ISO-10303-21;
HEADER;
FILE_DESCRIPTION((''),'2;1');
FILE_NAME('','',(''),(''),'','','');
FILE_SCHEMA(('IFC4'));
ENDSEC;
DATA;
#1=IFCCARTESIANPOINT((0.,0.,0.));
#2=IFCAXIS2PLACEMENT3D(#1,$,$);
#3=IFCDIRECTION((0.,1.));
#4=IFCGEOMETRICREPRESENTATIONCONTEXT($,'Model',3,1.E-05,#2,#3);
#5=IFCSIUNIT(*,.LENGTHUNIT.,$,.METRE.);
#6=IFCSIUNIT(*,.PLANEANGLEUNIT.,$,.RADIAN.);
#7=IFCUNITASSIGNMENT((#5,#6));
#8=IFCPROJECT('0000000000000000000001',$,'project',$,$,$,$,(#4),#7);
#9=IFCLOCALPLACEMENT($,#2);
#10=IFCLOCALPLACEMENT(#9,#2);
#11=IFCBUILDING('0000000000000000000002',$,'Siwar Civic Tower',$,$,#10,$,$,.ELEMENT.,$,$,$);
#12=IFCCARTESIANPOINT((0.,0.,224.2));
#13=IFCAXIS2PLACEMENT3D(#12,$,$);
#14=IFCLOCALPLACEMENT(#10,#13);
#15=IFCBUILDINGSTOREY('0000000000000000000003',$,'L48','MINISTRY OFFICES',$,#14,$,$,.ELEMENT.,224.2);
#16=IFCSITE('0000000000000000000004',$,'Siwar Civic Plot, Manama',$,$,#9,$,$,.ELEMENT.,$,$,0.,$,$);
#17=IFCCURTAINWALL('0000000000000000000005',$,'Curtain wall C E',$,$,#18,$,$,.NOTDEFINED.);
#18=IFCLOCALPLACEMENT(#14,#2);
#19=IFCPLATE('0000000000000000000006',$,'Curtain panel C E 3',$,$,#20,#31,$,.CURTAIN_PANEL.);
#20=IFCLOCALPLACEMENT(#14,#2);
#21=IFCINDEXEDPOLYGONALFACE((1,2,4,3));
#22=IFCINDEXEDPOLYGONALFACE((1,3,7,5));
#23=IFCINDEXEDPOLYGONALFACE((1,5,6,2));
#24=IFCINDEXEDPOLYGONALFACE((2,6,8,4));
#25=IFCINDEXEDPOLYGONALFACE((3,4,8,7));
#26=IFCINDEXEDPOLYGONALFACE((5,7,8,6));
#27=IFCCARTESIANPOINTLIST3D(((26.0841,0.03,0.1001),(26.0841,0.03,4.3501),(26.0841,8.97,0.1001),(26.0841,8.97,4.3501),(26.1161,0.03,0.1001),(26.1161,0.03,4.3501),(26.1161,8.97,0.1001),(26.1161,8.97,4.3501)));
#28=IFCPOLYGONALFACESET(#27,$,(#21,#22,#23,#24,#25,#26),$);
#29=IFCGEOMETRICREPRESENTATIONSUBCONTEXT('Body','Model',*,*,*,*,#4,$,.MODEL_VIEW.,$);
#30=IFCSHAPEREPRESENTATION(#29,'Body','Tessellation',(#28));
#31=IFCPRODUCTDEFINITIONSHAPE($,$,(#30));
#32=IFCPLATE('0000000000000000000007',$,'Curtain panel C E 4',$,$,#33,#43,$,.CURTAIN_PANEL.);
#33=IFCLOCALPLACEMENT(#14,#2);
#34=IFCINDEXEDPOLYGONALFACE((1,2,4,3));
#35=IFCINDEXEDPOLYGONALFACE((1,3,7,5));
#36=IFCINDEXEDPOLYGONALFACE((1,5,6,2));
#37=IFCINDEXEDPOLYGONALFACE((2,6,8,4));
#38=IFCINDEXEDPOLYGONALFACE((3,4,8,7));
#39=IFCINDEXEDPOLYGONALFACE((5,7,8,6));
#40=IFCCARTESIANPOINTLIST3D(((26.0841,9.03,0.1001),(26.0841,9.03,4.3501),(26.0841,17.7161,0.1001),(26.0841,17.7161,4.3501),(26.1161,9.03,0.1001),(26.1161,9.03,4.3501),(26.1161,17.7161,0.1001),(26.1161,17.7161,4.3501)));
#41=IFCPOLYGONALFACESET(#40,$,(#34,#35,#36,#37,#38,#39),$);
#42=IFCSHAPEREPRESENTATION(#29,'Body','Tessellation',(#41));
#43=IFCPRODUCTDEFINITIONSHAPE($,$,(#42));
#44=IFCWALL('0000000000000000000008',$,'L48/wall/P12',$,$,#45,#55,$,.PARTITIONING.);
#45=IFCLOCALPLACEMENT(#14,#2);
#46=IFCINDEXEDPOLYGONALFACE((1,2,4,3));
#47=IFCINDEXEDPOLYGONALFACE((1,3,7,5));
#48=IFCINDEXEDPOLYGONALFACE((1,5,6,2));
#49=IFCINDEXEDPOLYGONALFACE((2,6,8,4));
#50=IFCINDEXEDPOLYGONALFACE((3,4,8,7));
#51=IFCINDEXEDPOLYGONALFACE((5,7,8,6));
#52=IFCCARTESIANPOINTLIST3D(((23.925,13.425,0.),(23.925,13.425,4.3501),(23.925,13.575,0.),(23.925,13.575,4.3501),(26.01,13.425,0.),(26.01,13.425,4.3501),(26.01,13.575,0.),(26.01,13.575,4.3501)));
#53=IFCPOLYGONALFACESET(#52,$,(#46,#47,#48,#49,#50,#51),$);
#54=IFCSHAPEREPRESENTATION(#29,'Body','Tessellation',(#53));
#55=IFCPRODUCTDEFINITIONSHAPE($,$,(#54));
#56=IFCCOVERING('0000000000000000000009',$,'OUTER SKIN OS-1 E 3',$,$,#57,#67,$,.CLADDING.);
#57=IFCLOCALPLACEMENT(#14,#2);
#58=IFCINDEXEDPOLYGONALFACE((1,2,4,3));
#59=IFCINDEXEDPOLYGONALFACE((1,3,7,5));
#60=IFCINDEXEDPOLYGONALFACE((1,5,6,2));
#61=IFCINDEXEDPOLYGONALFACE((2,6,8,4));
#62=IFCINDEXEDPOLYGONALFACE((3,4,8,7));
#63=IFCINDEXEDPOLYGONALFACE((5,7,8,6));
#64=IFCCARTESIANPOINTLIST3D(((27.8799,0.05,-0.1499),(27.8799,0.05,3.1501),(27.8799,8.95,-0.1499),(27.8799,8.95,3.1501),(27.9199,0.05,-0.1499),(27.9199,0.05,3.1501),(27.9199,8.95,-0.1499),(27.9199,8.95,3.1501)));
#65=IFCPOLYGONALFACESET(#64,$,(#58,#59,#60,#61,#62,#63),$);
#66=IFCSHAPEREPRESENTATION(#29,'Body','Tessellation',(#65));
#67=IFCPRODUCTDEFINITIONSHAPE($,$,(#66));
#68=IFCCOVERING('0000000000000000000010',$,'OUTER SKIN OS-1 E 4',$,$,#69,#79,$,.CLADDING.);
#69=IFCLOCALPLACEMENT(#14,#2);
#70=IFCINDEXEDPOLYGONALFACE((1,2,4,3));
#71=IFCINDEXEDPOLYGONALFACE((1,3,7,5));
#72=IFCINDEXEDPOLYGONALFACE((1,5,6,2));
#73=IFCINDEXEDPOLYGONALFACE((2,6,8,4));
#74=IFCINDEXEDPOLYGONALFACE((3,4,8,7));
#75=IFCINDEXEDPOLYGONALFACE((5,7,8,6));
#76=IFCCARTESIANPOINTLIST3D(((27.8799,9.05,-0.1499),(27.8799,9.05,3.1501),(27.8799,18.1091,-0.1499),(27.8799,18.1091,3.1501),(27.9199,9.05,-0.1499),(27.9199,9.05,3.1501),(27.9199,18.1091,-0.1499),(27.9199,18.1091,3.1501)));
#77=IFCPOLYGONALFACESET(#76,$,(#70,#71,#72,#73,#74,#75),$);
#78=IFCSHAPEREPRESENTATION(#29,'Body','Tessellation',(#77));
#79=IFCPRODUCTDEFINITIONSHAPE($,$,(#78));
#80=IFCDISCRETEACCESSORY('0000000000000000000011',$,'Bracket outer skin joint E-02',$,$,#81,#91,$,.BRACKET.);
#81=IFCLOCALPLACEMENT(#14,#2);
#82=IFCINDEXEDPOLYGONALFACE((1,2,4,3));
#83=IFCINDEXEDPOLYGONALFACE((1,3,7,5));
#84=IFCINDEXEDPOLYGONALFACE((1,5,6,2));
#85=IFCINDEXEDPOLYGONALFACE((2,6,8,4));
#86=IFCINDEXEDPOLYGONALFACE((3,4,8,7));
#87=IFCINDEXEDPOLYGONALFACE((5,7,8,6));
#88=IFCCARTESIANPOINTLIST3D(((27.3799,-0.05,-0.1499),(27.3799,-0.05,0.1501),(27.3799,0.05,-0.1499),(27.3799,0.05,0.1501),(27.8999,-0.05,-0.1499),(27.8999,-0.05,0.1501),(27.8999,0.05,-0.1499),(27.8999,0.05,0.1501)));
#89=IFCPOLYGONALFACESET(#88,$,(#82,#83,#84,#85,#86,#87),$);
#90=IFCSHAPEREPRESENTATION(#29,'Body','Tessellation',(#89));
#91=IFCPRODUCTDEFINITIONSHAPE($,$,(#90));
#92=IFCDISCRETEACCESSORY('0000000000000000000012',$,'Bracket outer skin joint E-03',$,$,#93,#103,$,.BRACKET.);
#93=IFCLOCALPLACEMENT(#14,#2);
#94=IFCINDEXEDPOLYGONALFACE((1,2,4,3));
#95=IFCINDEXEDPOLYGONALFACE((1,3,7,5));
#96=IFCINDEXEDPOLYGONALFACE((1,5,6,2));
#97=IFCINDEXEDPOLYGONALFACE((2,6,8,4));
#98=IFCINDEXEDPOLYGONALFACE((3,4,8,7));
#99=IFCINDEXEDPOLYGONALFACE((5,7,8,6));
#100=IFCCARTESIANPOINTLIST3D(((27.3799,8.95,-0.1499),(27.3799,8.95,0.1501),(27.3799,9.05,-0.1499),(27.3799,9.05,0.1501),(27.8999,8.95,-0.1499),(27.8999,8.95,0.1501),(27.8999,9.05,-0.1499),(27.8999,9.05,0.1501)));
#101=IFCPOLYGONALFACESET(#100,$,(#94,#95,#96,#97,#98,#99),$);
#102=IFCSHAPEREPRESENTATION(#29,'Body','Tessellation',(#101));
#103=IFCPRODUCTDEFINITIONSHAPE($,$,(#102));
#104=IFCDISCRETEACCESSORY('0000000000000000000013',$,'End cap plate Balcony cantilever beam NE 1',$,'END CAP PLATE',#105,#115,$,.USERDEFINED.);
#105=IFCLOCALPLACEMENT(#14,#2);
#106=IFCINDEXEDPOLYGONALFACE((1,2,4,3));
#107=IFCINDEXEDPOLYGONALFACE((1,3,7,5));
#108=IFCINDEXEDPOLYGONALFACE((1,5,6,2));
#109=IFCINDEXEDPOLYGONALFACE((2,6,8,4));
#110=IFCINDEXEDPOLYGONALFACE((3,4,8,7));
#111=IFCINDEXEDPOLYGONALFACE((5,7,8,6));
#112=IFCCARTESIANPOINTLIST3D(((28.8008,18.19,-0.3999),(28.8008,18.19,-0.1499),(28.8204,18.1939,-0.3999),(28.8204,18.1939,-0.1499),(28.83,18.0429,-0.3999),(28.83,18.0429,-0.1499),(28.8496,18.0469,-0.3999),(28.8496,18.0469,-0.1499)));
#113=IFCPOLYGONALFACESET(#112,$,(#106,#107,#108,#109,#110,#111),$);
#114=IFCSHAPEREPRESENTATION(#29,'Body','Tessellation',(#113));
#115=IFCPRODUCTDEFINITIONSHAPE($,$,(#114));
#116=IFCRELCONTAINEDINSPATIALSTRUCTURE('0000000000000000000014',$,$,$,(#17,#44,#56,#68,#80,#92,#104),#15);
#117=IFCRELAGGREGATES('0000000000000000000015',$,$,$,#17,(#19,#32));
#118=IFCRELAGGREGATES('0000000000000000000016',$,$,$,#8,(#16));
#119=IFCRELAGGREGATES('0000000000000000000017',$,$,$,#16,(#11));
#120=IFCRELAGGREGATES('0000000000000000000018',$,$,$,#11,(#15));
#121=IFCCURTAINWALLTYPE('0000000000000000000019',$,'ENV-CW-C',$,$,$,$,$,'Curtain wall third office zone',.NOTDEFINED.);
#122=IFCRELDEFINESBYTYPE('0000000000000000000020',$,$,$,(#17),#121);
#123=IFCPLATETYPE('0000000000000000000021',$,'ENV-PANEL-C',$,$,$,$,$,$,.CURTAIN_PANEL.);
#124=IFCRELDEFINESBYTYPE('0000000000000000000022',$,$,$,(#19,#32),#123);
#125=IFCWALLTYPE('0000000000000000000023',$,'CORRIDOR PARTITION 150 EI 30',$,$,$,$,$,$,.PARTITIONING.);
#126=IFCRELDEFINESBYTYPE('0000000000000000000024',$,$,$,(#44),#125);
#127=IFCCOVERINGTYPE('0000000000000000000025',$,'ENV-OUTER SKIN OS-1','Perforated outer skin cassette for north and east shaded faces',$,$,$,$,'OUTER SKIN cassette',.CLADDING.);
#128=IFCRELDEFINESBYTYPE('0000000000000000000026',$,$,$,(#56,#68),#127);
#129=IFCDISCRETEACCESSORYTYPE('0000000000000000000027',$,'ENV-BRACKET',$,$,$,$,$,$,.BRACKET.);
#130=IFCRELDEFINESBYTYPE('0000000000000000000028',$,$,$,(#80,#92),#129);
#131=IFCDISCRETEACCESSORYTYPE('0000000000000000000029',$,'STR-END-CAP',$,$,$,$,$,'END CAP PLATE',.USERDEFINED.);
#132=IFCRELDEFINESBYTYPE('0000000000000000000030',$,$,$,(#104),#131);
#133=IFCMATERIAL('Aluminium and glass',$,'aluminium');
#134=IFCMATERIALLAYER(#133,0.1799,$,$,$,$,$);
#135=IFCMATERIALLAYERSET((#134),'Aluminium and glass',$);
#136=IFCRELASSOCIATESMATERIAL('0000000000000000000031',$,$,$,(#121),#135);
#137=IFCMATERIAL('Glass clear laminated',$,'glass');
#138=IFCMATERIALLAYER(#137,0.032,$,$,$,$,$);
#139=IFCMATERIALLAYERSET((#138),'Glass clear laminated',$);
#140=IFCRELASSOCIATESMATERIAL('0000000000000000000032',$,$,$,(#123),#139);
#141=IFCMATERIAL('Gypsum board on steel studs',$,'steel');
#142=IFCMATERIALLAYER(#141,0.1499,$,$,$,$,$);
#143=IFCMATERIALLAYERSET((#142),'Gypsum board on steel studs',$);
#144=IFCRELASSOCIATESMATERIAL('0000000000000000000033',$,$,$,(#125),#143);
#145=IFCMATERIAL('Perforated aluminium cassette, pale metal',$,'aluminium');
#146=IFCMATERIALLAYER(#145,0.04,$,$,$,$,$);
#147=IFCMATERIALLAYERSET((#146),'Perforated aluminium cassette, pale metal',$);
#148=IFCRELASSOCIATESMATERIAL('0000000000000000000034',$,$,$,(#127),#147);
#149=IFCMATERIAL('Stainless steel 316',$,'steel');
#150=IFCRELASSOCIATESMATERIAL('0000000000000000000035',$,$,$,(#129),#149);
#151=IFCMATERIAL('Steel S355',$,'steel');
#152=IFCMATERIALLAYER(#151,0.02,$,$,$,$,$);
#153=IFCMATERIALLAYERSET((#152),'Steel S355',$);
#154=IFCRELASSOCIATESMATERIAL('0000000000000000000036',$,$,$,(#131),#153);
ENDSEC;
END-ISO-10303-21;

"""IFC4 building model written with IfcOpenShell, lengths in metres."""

from ifc_helpers import new_model, si_unit, direction, frame, frame_2d, origin, origin_2d, place, context, subcontext, project, spatial, rectangle, extrude, material, layer, layer_set, type_object, element, aggregate, save


model = new_model("IFC4")

# Units and contexts
model_context = context("Model", 3, precision=1e-05, world=origin(), true_north=direction((0.0, 1.0)))
body_context = subcontext(model_context, "Body", "Model", "MODEL_VIEW")
ifc_project = project(units=[si_unit("LENGTHUNIT", "METRE"), si_unit("PLANEANGLEUNIT", "RADIAN")], contexts=[model_context])

# Site, building, storey
site_placement = place(None, origin())
site = spatial("IfcSite", under=ifc_project, at=site_placement, Name="Siwar Civic Plot, Manama", CompositionType="ELEMENT", RefElevation=0.0)
building_placement = place(site_placement, origin())
building = spatial("IfcBuilding", under=site, at=building_placement, Name="Siwar Civic Tower", CompositionType="ELEMENT")
storey_placement = place(building_placement, frame((0.0, 0.0, 224.2)))
storey = spatial("IfcBuildingStorey", under=building, at=storey_placement, Name="L48", Description="MINISTRY OFFICES", CompositionType="ELEMENT", Elevation=224.2)

# Curtain wall
ifc_material_1 = material(Name="Aluminium and glass", Category="aluminium")
ifc_layer_1 = layer(ifc_material_1, 0.1799)
ifc_layer_set_1 = layer_set([ifc_layer_1], Name="Aluminium and glass")
curtain_wall_type_1 = type_object("IfcCurtainWallType", Name="ENV-CW-C", ElementType="Curtain wall third office zone", PredefinedType="NOTDEFINED", material=ifc_layer_set_1)
curtain_wall_1_placement = place(storey_placement, origin())
curtain_wall_1 = element("IfcCurtainWall", 1, at=curtain_wall_1_placement, inside=storey, type_object=curtain_wall_type_1, Name="Curtain wall C E", PredefinedType="NOTDEFINED")

# Plates
ifc_material_2 = material(Name="Glass clear laminated", Category="glass")
ifc_layer_2 = layer(ifc_material_2, 0.032)
ifc_layer_set_2 = layer_set([ifc_layer_2], Name="Glass clear laminated")
plate_type = type_object("IfcPlateType", Name="ENV-PANEL-C", PredefinedType="CURTAIN_PANEL", material=ifc_layer_set_2)
plate_1_placement = place(storey_placement, frame((26.1001, 4.5, 0.1001), z_axis=(0.0, 0.0, 1.0), x_axis=(0.0, 1.0, 0.0)))
plate_1 = element("IfcPlate", 2, at=plate_1_placement, type_object=plate_type, Name="Curtain panel C E 3", PredefinedType="CURTAIN_PANEL", context=body_context, shape_type="SweptSolid", body=[
    extrude(rectangle(XDim=8.9399, YDim=0.032, at=origin_2d()), origin(), (0.0, 0.0, 1.0), 4.25),
])
plate_2_placement = place(storey_placement, frame((26.1001, 13.373, 0.1001), z_axis=(0.0, 0.0, 1.0), x_axis=(0.0, 1.0, 0.0)))
plate_2 = element("IfcPlate", 3, at=plate_2_placement, type_object=plate_type, Name="Curtain panel C E 4", PredefinedType="CURTAIN_PANEL", context=body_context, shape_type="SweptSolid", body=[
    extrude(rectangle(XDim=8.686, YDim=0.032, at=origin_2d()), origin(), (0.0, 0.0, 1.0), 4.25),
])
aggregate(curtain_wall_1, [plate_1, plate_2])

# Wall
ifc_material_3 = material(Name="Gypsum board on steel studs", Category="steel")
ifc_layer_3 = layer(ifc_material_3, 0.1499)
ifc_layer_set_3 = layer_set([ifc_layer_3], Name="Gypsum board on steel studs")
wall_type = type_object("IfcWallType", Name="CORRIDOR PARTITION 150 EI 30", PredefinedType="PARTITIONING", material=ifc_layer_set_3)
wall_placement = place(storey_placement, frame((23.925, 13.5, 0.0), z_axis=(0.0, 0.0, 1.0), x_axis=(1.0, 0.0, 0.0)))
element("IfcWall", 4, at=wall_placement, inside=storey, type_object=wall_type, Name="L48/wall/P12", PredefinedType="PARTITIONING", context=body_context, shape_type="SweptSolid", body=[
    extrude(rectangle(XDim=2.085, YDim=0.1499, at=frame_2d((1.0425, 0.0))), origin(), (0.0, 0.0, 1.0), 4.3501),
])

# Coverings
ifc_material_4 = material(Name="Perforated aluminium cassette, pale metal", Category="aluminium")
ifc_layer_4 = layer(ifc_material_4, 0.04)
ifc_layer_set_4 = layer_set([ifc_layer_4], Name="Perforated aluminium cassette, pale metal")
covering_type = type_object("IfcCoveringType", Name="ENV-OUTER SKIN OS-1", Description="Perforated outer skin cassette for north and east shaded faces", ElementType="OUTER SKIN cassette", PredefinedType="CLADDING", material=ifc_layer_set_4)
covering_1_placement = place(storey_placement, frame((27.8999, 4.5, -0.1499), z_axis=(0.0, 0.0, 1.0), x_axis=(0.0, 1.0, 0.0)))
element("IfcCovering", 5, at=covering_1_placement, inside=storey, type_object=covering_type, Name="OUTER SKIN OS-1 E 3", PredefinedType="CLADDING", context=body_context, shape_type="SweptSolid", body=[
    extrude(rectangle(XDim=8.8999, YDim=0.04, at=origin_2d()), origin(), (0.0, 0.0, 1.0), 3.3),
])
covering_2_placement = place(storey_placement, frame((27.8999, 13.5796, -0.1499), z_axis=(0.0, 0.0, 1.0), x_axis=(0.0, 1.0, 0.0)))
element("IfcCovering", 6, at=covering_2_placement, inside=storey, type_object=covering_type, Name="OUTER SKIN OS-1 E 4", PredefinedType="CLADDING", context=body_context, shape_type="SweptSolid", body=[
    extrude(rectangle(XDim=9.0591, YDim=0.04, at=origin_2d()), origin(), (0.0, 0.0, 1.0), 3.3),
])

# Discrete accessories
ifc_material_5 = material(Name="Stainless steel 316", Category="steel")
discrete_accessory_type_1 = type_object("IfcDiscreteAccessoryType", Name="ENV-BRACKET", PredefinedType="BRACKET", material=ifc_material_5)
for number, where, z_axis, x_axis, name in (
    (7, (27.6399, 0.0, -0.1499), (0.0, 0.0, 1.0), (1.0, 0.0, 0.0), "Bracket outer skin joint E-02"),
    (8, (27.6399, 9.0, -0.1499), (0.0, 0.0, 1.0), (1.0, 0.0, 0.0), "Bracket outer skin joint E-03"),
):
    element("IfcDiscreteAccessory", number, at=place(storey_placement, frame(where, z_axis=z_axis, x_axis=x_axis)), inside=storey, type_object=discrete_accessory_type_1, Name=name, PredefinedType="BRACKET", context=body_context, shape_type="SweptSolid", body=[
        extrude(rectangle(XDim=0.52, YDim=0.1001, at=origin_2d()), origin(), (0.0, 0.0, 1.0), 0.3),
    ])
ifc_material_6 = material(Name="Steel S355", Category="steel")
ifc_layer_5 = layer(ifc_material_6, 0.02)
ifc_layer_set_5 = layer_set([ifc_layer_5], Name="Steel S355")
discrete_accessory_type_2 = type_object("IfcDiscreteAccessoryType", Name="STR-END-CAP", ElementType="END CAP PLATE", PredefinedType="USERDEFINED", material=ifc_layer_set_5)
discrete_accessory_placement = place(storey_placement, frame((28.8252, 18.1184, -0.3999), z_axis=(0.0, 0.0, 1.0), x_axis=(0.980785, 0.19509, 0.0)))
element("IfcDiscreteAccessory", 9, at=discrete_accessory_placement, inside=storey, type_object=discrete_accessory_type_2, Name="End cap plate Balcony cantilever beam NE 1", ObjectType="END CAP PLATE", PredefinedType="USERDEFINED", context=body_context, shape_type="SweptSolid", body=[
    extrude(rectangle(XDim=0.02, YDim=0.1499, at=origin_2d()), origin(), (0.0, 0.0, 1.0), 0.25),
])

save(model, "model.ifc")
